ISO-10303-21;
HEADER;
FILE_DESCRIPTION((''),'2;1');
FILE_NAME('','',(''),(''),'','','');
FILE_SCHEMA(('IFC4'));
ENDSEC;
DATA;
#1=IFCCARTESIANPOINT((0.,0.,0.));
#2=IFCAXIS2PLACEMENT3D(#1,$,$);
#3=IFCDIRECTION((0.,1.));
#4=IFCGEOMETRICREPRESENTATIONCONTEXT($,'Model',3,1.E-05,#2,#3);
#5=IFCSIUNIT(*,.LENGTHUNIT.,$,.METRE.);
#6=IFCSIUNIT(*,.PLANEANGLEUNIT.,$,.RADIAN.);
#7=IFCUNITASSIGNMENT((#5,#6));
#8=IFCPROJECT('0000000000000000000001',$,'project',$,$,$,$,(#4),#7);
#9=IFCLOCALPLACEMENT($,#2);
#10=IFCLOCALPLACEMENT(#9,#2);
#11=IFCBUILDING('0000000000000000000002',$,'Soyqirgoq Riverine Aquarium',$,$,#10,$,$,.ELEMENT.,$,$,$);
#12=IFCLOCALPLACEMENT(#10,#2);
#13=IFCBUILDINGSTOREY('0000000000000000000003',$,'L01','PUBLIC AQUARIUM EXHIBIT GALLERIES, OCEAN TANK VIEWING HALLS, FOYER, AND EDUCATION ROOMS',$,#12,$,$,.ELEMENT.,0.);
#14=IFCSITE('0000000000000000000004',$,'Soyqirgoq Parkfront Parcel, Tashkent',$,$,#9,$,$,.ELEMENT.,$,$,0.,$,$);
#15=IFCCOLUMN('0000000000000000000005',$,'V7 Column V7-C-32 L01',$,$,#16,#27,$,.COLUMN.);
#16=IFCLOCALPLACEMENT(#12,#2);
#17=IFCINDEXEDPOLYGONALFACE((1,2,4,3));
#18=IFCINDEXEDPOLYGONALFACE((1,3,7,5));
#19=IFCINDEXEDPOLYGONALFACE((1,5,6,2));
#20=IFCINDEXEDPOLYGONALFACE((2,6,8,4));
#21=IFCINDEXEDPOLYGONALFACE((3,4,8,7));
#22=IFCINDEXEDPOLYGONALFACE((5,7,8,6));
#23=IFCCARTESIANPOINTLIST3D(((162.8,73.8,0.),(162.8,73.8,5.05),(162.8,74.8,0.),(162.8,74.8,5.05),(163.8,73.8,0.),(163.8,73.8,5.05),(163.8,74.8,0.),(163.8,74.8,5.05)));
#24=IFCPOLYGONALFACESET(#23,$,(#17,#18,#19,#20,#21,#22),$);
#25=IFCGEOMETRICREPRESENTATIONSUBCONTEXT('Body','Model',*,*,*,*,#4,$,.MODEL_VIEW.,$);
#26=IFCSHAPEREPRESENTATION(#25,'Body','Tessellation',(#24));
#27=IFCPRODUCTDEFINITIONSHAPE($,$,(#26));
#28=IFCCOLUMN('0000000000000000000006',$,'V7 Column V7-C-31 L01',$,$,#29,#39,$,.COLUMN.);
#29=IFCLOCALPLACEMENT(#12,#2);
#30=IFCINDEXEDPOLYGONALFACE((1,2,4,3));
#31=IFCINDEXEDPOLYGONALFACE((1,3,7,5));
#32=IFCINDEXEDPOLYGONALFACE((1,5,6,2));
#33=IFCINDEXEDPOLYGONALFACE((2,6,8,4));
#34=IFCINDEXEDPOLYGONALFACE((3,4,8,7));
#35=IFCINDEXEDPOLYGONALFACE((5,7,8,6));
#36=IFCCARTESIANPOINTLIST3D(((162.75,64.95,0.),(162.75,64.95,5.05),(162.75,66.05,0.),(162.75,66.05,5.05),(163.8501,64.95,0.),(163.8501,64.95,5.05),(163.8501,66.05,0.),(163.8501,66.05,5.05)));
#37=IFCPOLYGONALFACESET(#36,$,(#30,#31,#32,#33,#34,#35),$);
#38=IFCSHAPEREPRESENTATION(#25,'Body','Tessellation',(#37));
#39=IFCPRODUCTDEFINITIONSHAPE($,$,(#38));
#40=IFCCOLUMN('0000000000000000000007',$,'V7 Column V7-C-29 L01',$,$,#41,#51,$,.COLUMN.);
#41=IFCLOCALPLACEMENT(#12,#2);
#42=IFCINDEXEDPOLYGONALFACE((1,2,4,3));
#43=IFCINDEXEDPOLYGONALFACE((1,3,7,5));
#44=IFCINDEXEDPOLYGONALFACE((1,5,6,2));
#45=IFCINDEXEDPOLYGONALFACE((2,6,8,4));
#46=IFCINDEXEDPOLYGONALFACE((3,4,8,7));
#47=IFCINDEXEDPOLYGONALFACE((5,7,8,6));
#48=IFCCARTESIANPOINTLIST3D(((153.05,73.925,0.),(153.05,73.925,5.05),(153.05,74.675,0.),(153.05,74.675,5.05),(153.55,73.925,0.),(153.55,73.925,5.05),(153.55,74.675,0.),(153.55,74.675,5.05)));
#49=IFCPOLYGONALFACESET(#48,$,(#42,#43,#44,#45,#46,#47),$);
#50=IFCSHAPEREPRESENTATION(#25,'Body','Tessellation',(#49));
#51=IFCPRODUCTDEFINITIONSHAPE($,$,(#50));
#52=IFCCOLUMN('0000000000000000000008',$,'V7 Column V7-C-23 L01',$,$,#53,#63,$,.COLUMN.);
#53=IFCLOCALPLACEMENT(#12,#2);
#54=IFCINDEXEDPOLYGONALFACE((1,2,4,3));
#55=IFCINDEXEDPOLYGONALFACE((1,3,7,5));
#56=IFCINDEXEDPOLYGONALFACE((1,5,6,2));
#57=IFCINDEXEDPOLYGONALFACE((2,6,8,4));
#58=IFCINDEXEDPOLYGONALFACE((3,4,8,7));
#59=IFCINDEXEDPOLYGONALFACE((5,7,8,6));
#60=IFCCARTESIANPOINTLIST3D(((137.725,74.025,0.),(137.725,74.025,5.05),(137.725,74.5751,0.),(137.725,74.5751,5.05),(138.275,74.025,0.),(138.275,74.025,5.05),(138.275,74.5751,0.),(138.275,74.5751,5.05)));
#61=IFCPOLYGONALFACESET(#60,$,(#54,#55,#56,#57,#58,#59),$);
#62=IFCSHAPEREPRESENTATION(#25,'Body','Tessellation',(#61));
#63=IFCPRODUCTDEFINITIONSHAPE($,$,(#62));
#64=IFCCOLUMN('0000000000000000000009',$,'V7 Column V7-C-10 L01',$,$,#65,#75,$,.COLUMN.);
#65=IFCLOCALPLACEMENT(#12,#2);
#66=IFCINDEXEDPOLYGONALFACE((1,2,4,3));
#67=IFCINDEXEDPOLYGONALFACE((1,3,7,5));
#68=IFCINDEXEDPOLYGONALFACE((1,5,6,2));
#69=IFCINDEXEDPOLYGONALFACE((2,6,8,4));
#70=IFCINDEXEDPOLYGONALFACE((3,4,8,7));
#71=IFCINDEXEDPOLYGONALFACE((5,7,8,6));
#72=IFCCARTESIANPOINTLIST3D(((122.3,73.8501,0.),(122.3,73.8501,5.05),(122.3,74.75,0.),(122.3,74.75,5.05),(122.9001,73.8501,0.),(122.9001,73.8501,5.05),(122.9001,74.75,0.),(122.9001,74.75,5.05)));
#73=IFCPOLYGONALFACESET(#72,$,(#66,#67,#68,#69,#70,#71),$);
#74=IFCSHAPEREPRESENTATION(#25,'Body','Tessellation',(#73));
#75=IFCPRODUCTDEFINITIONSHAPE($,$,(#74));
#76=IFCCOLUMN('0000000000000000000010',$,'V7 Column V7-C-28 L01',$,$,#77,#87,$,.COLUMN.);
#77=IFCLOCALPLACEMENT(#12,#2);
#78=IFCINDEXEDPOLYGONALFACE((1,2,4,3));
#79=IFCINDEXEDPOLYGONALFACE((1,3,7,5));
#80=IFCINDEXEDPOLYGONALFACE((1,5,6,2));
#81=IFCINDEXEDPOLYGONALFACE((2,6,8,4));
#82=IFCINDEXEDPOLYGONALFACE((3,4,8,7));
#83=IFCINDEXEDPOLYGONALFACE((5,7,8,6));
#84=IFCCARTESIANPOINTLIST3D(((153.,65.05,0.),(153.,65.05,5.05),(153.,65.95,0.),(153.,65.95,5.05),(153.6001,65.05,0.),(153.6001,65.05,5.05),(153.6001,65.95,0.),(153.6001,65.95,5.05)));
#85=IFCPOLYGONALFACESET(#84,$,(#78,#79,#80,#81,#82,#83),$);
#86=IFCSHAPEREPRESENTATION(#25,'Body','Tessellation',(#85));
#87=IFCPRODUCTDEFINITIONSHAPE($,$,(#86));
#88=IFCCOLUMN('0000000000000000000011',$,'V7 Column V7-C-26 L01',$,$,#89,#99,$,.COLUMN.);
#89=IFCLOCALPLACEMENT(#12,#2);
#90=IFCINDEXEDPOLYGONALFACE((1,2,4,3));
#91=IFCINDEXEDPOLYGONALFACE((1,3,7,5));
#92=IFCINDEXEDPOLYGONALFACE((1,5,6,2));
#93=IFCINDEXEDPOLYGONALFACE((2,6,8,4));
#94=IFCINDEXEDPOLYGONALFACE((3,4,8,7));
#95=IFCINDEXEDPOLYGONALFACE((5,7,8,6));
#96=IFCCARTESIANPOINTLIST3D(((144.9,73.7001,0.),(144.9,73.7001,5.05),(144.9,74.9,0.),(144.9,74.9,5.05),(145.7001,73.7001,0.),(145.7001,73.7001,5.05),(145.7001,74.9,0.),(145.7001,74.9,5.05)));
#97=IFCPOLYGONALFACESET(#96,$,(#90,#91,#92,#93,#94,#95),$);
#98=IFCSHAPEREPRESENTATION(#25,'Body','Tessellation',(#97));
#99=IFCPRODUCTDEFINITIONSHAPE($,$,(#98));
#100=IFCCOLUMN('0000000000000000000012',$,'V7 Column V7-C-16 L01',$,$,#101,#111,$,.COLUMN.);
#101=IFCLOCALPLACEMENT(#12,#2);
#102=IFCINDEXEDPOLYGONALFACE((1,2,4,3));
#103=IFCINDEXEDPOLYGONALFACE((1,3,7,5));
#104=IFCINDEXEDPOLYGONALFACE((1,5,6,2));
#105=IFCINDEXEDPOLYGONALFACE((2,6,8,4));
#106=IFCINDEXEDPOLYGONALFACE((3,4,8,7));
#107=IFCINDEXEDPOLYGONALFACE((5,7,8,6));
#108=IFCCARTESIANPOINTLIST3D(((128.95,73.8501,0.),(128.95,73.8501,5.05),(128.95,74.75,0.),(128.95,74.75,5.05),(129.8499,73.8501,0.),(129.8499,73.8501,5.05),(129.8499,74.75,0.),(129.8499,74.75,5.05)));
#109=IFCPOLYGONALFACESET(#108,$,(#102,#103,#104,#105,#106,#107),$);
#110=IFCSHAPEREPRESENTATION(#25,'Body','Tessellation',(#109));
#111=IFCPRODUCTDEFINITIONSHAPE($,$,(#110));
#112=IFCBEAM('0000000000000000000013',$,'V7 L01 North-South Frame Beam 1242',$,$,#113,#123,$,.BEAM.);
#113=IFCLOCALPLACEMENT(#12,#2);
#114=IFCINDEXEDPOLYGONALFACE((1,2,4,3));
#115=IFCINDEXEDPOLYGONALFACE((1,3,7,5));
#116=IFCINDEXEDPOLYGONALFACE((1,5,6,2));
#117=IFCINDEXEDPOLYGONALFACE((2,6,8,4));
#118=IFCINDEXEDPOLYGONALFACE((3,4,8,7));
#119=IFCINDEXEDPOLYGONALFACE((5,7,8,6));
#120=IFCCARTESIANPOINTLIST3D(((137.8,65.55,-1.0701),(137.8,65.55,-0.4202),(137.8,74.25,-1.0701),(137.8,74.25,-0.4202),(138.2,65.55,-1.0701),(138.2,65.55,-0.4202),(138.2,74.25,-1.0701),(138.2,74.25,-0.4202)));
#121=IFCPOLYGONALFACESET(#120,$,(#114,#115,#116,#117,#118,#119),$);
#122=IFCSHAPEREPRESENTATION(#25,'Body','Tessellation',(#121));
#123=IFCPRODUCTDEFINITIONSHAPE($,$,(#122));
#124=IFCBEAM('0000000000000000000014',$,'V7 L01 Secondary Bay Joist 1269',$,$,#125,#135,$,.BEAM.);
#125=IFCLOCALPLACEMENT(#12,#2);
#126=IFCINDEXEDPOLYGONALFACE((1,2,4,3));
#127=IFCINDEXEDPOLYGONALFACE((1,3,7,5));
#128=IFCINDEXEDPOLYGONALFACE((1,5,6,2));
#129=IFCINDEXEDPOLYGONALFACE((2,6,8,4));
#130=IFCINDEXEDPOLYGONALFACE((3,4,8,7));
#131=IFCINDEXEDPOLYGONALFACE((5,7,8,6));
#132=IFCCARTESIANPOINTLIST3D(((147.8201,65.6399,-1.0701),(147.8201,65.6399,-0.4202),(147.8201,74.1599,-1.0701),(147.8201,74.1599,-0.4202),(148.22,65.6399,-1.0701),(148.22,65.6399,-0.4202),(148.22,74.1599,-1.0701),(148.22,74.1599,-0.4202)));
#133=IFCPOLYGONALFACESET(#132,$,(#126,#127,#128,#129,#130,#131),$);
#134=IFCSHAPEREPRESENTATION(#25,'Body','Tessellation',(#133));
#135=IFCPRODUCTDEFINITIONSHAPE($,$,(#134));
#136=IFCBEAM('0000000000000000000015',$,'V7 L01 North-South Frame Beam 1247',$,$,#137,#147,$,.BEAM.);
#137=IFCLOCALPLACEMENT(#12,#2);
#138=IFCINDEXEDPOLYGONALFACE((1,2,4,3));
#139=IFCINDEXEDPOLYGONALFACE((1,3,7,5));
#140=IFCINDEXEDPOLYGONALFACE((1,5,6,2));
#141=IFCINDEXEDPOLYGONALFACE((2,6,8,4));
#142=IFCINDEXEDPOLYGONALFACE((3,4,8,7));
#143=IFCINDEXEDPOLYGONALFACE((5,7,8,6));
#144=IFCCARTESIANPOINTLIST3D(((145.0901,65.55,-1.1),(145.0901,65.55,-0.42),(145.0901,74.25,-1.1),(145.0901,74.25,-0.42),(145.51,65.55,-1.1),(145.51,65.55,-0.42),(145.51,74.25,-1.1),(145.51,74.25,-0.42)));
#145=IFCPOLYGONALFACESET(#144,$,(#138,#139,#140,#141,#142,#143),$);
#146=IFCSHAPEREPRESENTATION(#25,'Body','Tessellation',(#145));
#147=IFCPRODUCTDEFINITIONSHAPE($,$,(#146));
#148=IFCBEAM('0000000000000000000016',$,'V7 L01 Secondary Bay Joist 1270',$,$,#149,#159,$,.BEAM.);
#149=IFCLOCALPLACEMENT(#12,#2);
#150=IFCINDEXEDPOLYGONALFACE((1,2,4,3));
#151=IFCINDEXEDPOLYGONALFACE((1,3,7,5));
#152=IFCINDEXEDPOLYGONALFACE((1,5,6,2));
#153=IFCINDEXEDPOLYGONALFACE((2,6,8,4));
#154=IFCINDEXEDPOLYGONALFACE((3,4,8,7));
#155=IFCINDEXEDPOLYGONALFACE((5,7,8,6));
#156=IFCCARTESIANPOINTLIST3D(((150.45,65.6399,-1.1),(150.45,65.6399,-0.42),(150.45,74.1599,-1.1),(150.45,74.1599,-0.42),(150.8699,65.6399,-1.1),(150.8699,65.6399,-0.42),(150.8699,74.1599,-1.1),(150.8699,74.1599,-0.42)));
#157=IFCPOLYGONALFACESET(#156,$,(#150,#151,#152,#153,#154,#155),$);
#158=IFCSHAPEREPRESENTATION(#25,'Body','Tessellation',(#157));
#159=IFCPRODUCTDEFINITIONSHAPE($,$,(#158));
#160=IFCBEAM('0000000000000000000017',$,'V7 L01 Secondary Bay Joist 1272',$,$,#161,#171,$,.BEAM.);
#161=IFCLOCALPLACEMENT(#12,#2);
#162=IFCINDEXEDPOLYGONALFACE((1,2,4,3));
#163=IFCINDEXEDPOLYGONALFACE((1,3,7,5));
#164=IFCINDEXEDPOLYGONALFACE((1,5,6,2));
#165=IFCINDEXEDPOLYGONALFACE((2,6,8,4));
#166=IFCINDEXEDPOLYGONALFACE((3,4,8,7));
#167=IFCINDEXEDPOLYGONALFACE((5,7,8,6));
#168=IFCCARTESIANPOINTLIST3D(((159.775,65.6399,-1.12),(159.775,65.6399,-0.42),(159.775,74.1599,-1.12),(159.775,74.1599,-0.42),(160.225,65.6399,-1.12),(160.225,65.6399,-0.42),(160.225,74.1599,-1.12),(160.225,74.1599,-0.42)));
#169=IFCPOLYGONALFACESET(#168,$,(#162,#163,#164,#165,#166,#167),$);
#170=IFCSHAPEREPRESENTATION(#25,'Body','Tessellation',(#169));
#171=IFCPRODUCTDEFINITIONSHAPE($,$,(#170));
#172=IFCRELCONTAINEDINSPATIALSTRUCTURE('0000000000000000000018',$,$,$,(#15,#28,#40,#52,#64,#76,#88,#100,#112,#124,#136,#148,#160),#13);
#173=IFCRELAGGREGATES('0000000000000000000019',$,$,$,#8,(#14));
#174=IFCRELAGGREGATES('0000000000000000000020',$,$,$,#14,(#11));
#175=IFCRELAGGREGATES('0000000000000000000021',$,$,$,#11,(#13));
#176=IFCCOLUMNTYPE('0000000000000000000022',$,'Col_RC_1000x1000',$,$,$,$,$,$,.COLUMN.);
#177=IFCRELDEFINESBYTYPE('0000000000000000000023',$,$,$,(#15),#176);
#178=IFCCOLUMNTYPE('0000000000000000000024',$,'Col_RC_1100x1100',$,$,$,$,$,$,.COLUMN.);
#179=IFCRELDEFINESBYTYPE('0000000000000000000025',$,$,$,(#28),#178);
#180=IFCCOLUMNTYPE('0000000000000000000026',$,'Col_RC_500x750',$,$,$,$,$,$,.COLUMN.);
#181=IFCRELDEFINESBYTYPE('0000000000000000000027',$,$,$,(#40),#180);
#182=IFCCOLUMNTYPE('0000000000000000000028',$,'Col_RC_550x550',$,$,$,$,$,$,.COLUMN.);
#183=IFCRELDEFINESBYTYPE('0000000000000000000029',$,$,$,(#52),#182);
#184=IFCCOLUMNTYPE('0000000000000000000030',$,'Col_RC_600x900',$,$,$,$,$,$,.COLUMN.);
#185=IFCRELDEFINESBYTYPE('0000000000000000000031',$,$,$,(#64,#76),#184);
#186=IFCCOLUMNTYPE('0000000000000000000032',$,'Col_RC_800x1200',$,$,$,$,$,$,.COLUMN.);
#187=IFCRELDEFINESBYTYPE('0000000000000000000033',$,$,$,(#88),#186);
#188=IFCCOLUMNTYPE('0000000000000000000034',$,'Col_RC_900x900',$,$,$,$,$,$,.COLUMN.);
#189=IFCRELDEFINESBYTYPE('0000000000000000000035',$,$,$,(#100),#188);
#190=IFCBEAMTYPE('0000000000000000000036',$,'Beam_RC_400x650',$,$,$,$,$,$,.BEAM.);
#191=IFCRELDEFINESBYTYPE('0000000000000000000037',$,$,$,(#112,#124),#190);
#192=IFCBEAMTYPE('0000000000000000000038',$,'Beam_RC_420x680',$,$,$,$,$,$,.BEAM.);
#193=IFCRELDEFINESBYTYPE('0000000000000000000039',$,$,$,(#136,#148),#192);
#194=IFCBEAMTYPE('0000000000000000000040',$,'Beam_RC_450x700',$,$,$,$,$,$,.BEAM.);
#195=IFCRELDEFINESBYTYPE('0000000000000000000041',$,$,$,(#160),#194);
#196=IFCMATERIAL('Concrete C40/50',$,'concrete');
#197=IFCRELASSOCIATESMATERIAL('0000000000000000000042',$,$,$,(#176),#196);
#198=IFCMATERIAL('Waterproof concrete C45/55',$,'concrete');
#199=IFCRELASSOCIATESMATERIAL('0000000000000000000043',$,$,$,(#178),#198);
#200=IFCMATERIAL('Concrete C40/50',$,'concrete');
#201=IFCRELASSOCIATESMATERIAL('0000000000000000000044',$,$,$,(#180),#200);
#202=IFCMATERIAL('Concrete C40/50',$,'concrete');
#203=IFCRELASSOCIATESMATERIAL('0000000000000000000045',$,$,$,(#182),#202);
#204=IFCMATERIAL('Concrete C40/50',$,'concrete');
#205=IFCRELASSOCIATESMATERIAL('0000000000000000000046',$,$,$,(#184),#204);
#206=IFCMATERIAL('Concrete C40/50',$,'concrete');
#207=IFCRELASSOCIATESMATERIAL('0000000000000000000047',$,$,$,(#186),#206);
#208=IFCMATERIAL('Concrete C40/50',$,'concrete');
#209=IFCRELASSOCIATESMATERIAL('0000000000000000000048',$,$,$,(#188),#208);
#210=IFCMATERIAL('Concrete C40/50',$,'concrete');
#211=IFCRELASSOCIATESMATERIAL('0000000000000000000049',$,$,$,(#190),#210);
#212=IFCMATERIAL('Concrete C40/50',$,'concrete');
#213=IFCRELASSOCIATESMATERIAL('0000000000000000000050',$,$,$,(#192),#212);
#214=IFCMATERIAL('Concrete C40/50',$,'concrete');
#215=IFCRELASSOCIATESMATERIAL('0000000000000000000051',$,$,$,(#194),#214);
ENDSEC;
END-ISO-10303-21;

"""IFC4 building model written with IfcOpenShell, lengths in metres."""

from ifc_helpers import new_model, si_unit, direction, frame, origin, origin_2d, place, context, subcontext, project, spatial, rectangle, extrude, material, material_profile, profile_set, type_object, element, save


model = new_model("IFC4")

# Units and contexts
model_context = context("Model", 3, precision=1e-05, world=origin(), true_north=direction((0.0, 1.0)))
body_context = subcontext(model_context, "Body", "Model", "MODEL_VIEW")
ifc_project = project(units=[si_unit("LENGTHUNIT", "METRE"), si_unit("PLANEANGLEUNIT", "RADIAN")], contexts=[model_context])

# Site, building, storey
site_placement = place(None, origin())
site = spatial("IfcSite", under=ifc_project, at=site_placement, Name="Soyqirgoq Parkfront Parcel, Tashkent", CompositionType="ELEMENT", RefElevation=0.0)
building_placement = place(site_placement, origin())
building = spatial("IfcBuilding", under=site, at=building_placement, Name="Soyqirgoq Riverine Aquarium", CompositionType="ELEMENT")
storey_placement = place(building_placement, origin())
storey = spatial("IfcBuildingStorey", under=building, at=storey_placement, Name="L01", Description="PUBLIC AQUARIUM EXHIBIT GALLERIES, OCEAN TANK VIEWING HALLS, FOYER, AND EDUCATION ROOMS", CompositionType="ELEMENT", Elevation=0.0)

# Columns
ifc_material_1 = material(Name="Concrete C40/50", Category="concrete")
ifc_material_profile_1 = material_profile(ifc_material_1, rectangle(XDim=1.0, YDim=1.0, at=origin_2d()), Name="RC 1000x1000")
ifc_profile_set_1 = profile_set([ifc_material_profile_1], Name="Concrete C40/50")
column_type_1 = type_object("IfcColumnType", Name="Col_RC_1000x1000", PredefinedType="COLUMN", material=ifc_profile_set_1)
column_1_placement = place(storey_placement, frame((163.3, 74.3, 0.0), z_axis=(0.0, 0.0, 1.0), x_axis=(1.0, 0.0, 0.0)))
element("IfcColumn", 1, at=column_1_placement, inside=storey, type_object=column_type_1, Name="V7 Column V7-C-32 L01", PredefinedType="COLUMN", context=body_context, shape_type="SweptSolid", body=[
    extrude(rectangle(XDim=1.0, YDim=1.0, at=origin_2d()), origin(), (0.0, 0.0, 1.0), 5.05),
])
ifc_material_2 = material(Name="Waterproof concrete C45/55", Category="concrete")
ifc_material_profile_2 = material_profile(ifc_material_2, rectangle(XDim=1.1001, YDim=1.1001, at=origin_2d()), Name="RC 1100x1100")
ifc_profile_set_2 = profile_set([ifc_material_profile_2], Name="Waterproof concrete C45/55")
column_type_2 = type_object("IfcColumnType", Name="Col_RC_1100x1100", PredefinedType="COLUMN", material=ifc_profile_set_2)
column_2_placement = place(storey_placement, frame((163.3, 65.5, 0.0), z_axis=(0.0, 0.0, 1.0), x_axis=(1.0, 0.0, 0.0)))
element("IfcColumn", 2, at=column_2_placement, inside=storey, type_object=column_type_2, Name="V7 Column V7-C-31 L01", PredefinedType="COLUMN", context=body_context, shape_type="SweptSolid", body=[
    extrude(rectangle(XDim=1.1001, YDim=1.1001, at=origin_2d()), origin(), (0.0, 0.0, 1.0), 5.05),
])
ifc_material_3 = material(Name="Concrete C40/50", Category="concrete")
ifc_material_profile_3 = material_profile(ifc_material_3, rectangle(XDim=0.5, YDim=0.75, at=origin_2d()), Name="RC-COL 500x750")
ifc_profile_set_3 = profile_set([ifc_material_profile_3], Name="Concrete C40/50")
column_type_3 = type_object("IfcColumnType", Name="Col_RC_500x750", PredefinedType="COLUMN", material=ifc_profile_set_3)
column_3_placement = place(storey_placement, frame((153.3, 74.3, 0.0), z_axis=(0.0, 0.0, 1.0), x_axis=(1.0, 0.0, 0.0)))
element("IfcColumn", 3, at=column_3_placement, inside=storey, type_object=column_type_3, Name="V7 Column V7-C-29 L01", PredefinedType="COLUMN", context=body_context, shape_type="SweptSolid", body=[
    extrude(rectangle(XDim=0.5, YDim=0.75, at=origin_2d()), origin(), (0.0, 0.0, 1.0), 5.05),
])
ifc_material_4 = material(Name="Concrete C40/50", Category="concrete")
ifc_material_profile_4 = material_profile(ifc_material_4, rectangle(XDim=0.55, YDim=0.55, at=origin_2d()), Name="RC 550x550")
ifc_profile_set_4 = profile_set([ifc_material_profile_4], Name="Concrete C40/50")
column_type_4 = type_object("IfcColumnType", Name="Col_RC_550x550", PredefinedType="COLUMN", material=ifc_profile_set_4)
column_4_placement = place(storey_placement, frame((138.0, 74.3, 0.0), z_axis=(0.0, 0.0, 1.0), x_axis=(1.0, 0.0, 0.0)))
element("IfcColumn", 4, at=column_4_placement, inside=storey, type_object=column_type_4, Name="V7 Column V7-C-23 L01", PredefinedType="COLUMN", context=body_context, shape_type="SweptSolid", body=[
    extrude(rectangle(XDim=0.55, YDim=0.55, at=origin_2d()), origin(), (0.0, 0.0, 1.0), 5.05),
])
ifc_material_5 = material(Name="Concrete C40/50", Category="concrete")
ifc_material_profile_5 = material_profile(ifc_material_5, rectangle(XDim=0.6001, YDim=0.8999, at=origin_2d()), Name="RC-COL 600x900")
ifc_profile_set_5 = profile_set([ifc_material_profile_5], Name="Concrete C40/50")
column_type_5 = type_object("IfcColumnType", Name="Col_RC_600x900", PredefinedType="COLUMN", material=ifc_profile_set_5)
for number, where, z_axis, x_axis, name in (
    (5, (122.6001, 74.3, 0.0), (0.0, 0.0, 1.0), (1.0, 0.0, 0.0), "V7 Column V7-C-10 L01"),
    (6, (153.3, 65.5, 0.0), (0.0, 0.0, 1.0), (1.0, 0.0, 0.0), "V7 Column V7-C-28 L01"),
):
    element("IfcColumn", number, at=place(storey_placement, frame(where, z_axis=z_axis, x_axis=x_axis)), inside=storey, type_object=column_type_5, Name=name, PredefinedType="COLUMN", context=body_context, shape_type="SweptSolid", body=[
        extrude(rectangle(XDim=0.6001, YDim=0.8999, at=origin_2d()), origin(), (0.0, 0.0, 1.0), 5.05),
    ])
ifc_material_6 = material(Name="Concrete C40/50", Category="concrete")
ifc_material_profile_6 = material_profile(ifc_material_6, rectangle(XDim=0.8, YDim=1.2, at=origin_2d()), Name="RC-COL 800x1200")
ifc_profile_set_6 = profile_set([ifc_material_profile_6], Name="Concrete C40/50")
column_type_6 = type_object("IfcColumnType", Name="Col_RC_800x1200", PredefinedType="COLUMN", material=ifc_profile_set_6)
column_5_placement = place(storey_placement, frame((145.3, 74.3, 0.0), z_axis=(0.0, 0.0, 1.0), x_axis=(1.0, 0.0, 0.0)))
element("IfcColumn", 7, at=column_5_placement, inside=storey, type_object=column_type_6, Name="V7 Column V7-C-26 L01", PredefinedType="COLUMN", context=body_context, shape_type="SweptSolid", body=[
    extrude(rectangle(XDim=0.8, YDim=1.2, at=origin_2d()), origin(), (0.0, 0.0, 1.0), 5.05),
])
ifc_material_7 = material(Name="Concrete C40/50", Category="concrete")
ifc_material_profile_7 = material_profile(ifc_material_7, rectangle(XDim=0.8999, YDim=0.8999, at=origin_2d()), Name="RC 900x900")
ifc_profile_set_7 = profile_set([ifc_material_profile_7], Name="Concrete C40/50")
column_type_7 = type_object("IfcColumnType", Name="Col_RC_900x900", PredefinedType="COLUMN", material=ifc_profile_set_7)
column_6_placement = place(storey_placement, frame((129.3999, 74.3, 0.0), z_axis=(0.0, 0.0, 1.0), x_axis=(1.0, 0.0, 0.0)))
element("IfcColumn", 8, at=column_6_placement, inside=storey, type_object=column_type_7, Name="V7 Column V7-C-16 L01", PredefinedType="COLUMN", context=body_context, shape_type="SweptSolid", body=[
    extrude(rectangle(XDim=0.8999, YDim=0.8999, at=origin_2d()), origin(), (0.0, 0.0, 1.0), 5.05),
])

# Beams
ifc_material_8 = material(Name="Concrete C40/50", Category="concrete")
ifc_material_profile_8 = material_profile(ifc_material_8, rectangle(XDim=0.3999, YDim=0.6499, at=origin_2d()), Name="RC 400x650")
ifc_profile_set_8 = profile_set([ifc_material_profile_8], Name="Concrete C40/50")
beam_type_1 = type_object("IfcBeamType", Name="Beam_RC_400x650", PredefinedType="BEAM", material=ifc_profile_set_8)
beam_1_placement = place(storey_placement, frame((138.0, 65.55, -0.7451), z_axis=(0.0, 1.0, 0.0), x_axis=(-1.0, 0.0, 0.0)))
element("IfcBeam", 9, at=beam_1_placement, inside=storey, type_object=beam_type_1, Name="V7 L01 North-South Frame Beam 1242", PredefinedType="BEAM", context=body_context, shape_type="SweptSolid", body=[
    extrude(rectangle(XDim=0.3999, YDim=0.6499, at=origin_2d()), origin(), (0.0, 0.0, 1.0), 8.7),
])
beam_2_placement = place(storey_placement, frame((148.02, 65.6399, -0.7451), z_axis=(0.0, 1.0, 0.0), x_axis=(-1.0, 0.0, 0.0)))
element("IfcBeam", 10, at=beam_2_placement, inside=storey, type_object=beam_type_1, Name="V7 L01 Secondary Bay Joist 1269", PredefinedType="BEAM", context=body_context, shape_type="SweptSolid", body=[
    extrude(rectangle(XDim=0.3999, YDim=0.6499, at=origin_2d()), origin(), (0.0, 0.0, 1.0), 8.52),
])
ifc_material_9 = material(Name="Concrete C40/50", Category="concrete")
ifc_material_profile_9 = material_profile(ifc_material_9, rectangle(XDim=0.4199, YDim=0.6799, at=origin_2d()), Name="RC 420x680")
ifc_profile_set_9 = profile_set([ifc_material_profile_9], Name="Concrete C40/50")
beam_type_2 = type_object("IfcBeamType", Name="Beam_RC_420x680", PredefinedType="BEAM", material=ifc_profile_set_9)
beam_3_placement = place(storey_placement, frame((145.3, 65.55, -0.76), z_axis=(0.0, 1.0, 0.0), x_axis=(-1.0, 0.0, 0.0)))
element("IfcBeam", 11, at=beam_3_placement, inside=storey, type_object=beam_type_2, Name="V7 L01 North-South Frame Beam 1247", PredefinedType="BEAM", context=body_context, shape_type="SweptSolid", body=[
    extrude(rectangle(XDim=0.4199, YDim=0.6799, at=origin_2d()), origin(), (0.0, 0.0, 1.0), 8.7),
])
beam_4_placement = place(storey_placement, frame((150.6599, 65.6399, -0.76), z_axis=(0.0, 1.0, 0.0), x_axis=(-1.0, 0.0, 0.0)))
element("IfcBeam", 12, at=beam_4_placement, inside=storey, type_object=beam_type_2, Name="V7 L01 Secondary Bay Joist 1270", PredefinedType="BEAM", context=body_context, shape_type="SweptSolid", body=[
    extrude(rectangle(XDim=0.4199, YDim=0.6799, at=origin_2d()), origin(), (0.0, 0.0, 1.0), 8.52),
])
ifc_material_10 = material(Name="Concrete C40/50", Category="concrete")
ifc_material_profile_10 = material_profile(ifc_material_10, rectangle(XDim=0.45, YDim=0.7, at=origin_2d()), Name="RC 450x700")
ifc_profile_set_10 = profile_set([ifc_material_profile_10], Name="Concrete C40/50")
beam_type_3 = type_object("IfcBeamType", Name="Beam_RC_450x700", PredefinedType="BEAM", material=ifc_profile_set_10)
beam_5_placement = place(storey_placement, frame((160.0, 65.6399, -0.77), z_axis=(0.0, 1.0, 0.0), x_axis=(-1.0, 0.0, 0.0)))
element("IfcBeam", 13, at=beam_5_placement, inside=storey, type_object=beam_type_3, Name="V7 L01 Secondary Bay Joist 1272", PredefinedType="BEAM", context=body_context, shape_type="SweptSolid", body=[
    extrude(rectangle(XDim=0.45, YDim=0.7, at=origin_2d()), origin(), (0.0, 0.0, 1.0), 8.52),
])

save(model, "model.ifc")
